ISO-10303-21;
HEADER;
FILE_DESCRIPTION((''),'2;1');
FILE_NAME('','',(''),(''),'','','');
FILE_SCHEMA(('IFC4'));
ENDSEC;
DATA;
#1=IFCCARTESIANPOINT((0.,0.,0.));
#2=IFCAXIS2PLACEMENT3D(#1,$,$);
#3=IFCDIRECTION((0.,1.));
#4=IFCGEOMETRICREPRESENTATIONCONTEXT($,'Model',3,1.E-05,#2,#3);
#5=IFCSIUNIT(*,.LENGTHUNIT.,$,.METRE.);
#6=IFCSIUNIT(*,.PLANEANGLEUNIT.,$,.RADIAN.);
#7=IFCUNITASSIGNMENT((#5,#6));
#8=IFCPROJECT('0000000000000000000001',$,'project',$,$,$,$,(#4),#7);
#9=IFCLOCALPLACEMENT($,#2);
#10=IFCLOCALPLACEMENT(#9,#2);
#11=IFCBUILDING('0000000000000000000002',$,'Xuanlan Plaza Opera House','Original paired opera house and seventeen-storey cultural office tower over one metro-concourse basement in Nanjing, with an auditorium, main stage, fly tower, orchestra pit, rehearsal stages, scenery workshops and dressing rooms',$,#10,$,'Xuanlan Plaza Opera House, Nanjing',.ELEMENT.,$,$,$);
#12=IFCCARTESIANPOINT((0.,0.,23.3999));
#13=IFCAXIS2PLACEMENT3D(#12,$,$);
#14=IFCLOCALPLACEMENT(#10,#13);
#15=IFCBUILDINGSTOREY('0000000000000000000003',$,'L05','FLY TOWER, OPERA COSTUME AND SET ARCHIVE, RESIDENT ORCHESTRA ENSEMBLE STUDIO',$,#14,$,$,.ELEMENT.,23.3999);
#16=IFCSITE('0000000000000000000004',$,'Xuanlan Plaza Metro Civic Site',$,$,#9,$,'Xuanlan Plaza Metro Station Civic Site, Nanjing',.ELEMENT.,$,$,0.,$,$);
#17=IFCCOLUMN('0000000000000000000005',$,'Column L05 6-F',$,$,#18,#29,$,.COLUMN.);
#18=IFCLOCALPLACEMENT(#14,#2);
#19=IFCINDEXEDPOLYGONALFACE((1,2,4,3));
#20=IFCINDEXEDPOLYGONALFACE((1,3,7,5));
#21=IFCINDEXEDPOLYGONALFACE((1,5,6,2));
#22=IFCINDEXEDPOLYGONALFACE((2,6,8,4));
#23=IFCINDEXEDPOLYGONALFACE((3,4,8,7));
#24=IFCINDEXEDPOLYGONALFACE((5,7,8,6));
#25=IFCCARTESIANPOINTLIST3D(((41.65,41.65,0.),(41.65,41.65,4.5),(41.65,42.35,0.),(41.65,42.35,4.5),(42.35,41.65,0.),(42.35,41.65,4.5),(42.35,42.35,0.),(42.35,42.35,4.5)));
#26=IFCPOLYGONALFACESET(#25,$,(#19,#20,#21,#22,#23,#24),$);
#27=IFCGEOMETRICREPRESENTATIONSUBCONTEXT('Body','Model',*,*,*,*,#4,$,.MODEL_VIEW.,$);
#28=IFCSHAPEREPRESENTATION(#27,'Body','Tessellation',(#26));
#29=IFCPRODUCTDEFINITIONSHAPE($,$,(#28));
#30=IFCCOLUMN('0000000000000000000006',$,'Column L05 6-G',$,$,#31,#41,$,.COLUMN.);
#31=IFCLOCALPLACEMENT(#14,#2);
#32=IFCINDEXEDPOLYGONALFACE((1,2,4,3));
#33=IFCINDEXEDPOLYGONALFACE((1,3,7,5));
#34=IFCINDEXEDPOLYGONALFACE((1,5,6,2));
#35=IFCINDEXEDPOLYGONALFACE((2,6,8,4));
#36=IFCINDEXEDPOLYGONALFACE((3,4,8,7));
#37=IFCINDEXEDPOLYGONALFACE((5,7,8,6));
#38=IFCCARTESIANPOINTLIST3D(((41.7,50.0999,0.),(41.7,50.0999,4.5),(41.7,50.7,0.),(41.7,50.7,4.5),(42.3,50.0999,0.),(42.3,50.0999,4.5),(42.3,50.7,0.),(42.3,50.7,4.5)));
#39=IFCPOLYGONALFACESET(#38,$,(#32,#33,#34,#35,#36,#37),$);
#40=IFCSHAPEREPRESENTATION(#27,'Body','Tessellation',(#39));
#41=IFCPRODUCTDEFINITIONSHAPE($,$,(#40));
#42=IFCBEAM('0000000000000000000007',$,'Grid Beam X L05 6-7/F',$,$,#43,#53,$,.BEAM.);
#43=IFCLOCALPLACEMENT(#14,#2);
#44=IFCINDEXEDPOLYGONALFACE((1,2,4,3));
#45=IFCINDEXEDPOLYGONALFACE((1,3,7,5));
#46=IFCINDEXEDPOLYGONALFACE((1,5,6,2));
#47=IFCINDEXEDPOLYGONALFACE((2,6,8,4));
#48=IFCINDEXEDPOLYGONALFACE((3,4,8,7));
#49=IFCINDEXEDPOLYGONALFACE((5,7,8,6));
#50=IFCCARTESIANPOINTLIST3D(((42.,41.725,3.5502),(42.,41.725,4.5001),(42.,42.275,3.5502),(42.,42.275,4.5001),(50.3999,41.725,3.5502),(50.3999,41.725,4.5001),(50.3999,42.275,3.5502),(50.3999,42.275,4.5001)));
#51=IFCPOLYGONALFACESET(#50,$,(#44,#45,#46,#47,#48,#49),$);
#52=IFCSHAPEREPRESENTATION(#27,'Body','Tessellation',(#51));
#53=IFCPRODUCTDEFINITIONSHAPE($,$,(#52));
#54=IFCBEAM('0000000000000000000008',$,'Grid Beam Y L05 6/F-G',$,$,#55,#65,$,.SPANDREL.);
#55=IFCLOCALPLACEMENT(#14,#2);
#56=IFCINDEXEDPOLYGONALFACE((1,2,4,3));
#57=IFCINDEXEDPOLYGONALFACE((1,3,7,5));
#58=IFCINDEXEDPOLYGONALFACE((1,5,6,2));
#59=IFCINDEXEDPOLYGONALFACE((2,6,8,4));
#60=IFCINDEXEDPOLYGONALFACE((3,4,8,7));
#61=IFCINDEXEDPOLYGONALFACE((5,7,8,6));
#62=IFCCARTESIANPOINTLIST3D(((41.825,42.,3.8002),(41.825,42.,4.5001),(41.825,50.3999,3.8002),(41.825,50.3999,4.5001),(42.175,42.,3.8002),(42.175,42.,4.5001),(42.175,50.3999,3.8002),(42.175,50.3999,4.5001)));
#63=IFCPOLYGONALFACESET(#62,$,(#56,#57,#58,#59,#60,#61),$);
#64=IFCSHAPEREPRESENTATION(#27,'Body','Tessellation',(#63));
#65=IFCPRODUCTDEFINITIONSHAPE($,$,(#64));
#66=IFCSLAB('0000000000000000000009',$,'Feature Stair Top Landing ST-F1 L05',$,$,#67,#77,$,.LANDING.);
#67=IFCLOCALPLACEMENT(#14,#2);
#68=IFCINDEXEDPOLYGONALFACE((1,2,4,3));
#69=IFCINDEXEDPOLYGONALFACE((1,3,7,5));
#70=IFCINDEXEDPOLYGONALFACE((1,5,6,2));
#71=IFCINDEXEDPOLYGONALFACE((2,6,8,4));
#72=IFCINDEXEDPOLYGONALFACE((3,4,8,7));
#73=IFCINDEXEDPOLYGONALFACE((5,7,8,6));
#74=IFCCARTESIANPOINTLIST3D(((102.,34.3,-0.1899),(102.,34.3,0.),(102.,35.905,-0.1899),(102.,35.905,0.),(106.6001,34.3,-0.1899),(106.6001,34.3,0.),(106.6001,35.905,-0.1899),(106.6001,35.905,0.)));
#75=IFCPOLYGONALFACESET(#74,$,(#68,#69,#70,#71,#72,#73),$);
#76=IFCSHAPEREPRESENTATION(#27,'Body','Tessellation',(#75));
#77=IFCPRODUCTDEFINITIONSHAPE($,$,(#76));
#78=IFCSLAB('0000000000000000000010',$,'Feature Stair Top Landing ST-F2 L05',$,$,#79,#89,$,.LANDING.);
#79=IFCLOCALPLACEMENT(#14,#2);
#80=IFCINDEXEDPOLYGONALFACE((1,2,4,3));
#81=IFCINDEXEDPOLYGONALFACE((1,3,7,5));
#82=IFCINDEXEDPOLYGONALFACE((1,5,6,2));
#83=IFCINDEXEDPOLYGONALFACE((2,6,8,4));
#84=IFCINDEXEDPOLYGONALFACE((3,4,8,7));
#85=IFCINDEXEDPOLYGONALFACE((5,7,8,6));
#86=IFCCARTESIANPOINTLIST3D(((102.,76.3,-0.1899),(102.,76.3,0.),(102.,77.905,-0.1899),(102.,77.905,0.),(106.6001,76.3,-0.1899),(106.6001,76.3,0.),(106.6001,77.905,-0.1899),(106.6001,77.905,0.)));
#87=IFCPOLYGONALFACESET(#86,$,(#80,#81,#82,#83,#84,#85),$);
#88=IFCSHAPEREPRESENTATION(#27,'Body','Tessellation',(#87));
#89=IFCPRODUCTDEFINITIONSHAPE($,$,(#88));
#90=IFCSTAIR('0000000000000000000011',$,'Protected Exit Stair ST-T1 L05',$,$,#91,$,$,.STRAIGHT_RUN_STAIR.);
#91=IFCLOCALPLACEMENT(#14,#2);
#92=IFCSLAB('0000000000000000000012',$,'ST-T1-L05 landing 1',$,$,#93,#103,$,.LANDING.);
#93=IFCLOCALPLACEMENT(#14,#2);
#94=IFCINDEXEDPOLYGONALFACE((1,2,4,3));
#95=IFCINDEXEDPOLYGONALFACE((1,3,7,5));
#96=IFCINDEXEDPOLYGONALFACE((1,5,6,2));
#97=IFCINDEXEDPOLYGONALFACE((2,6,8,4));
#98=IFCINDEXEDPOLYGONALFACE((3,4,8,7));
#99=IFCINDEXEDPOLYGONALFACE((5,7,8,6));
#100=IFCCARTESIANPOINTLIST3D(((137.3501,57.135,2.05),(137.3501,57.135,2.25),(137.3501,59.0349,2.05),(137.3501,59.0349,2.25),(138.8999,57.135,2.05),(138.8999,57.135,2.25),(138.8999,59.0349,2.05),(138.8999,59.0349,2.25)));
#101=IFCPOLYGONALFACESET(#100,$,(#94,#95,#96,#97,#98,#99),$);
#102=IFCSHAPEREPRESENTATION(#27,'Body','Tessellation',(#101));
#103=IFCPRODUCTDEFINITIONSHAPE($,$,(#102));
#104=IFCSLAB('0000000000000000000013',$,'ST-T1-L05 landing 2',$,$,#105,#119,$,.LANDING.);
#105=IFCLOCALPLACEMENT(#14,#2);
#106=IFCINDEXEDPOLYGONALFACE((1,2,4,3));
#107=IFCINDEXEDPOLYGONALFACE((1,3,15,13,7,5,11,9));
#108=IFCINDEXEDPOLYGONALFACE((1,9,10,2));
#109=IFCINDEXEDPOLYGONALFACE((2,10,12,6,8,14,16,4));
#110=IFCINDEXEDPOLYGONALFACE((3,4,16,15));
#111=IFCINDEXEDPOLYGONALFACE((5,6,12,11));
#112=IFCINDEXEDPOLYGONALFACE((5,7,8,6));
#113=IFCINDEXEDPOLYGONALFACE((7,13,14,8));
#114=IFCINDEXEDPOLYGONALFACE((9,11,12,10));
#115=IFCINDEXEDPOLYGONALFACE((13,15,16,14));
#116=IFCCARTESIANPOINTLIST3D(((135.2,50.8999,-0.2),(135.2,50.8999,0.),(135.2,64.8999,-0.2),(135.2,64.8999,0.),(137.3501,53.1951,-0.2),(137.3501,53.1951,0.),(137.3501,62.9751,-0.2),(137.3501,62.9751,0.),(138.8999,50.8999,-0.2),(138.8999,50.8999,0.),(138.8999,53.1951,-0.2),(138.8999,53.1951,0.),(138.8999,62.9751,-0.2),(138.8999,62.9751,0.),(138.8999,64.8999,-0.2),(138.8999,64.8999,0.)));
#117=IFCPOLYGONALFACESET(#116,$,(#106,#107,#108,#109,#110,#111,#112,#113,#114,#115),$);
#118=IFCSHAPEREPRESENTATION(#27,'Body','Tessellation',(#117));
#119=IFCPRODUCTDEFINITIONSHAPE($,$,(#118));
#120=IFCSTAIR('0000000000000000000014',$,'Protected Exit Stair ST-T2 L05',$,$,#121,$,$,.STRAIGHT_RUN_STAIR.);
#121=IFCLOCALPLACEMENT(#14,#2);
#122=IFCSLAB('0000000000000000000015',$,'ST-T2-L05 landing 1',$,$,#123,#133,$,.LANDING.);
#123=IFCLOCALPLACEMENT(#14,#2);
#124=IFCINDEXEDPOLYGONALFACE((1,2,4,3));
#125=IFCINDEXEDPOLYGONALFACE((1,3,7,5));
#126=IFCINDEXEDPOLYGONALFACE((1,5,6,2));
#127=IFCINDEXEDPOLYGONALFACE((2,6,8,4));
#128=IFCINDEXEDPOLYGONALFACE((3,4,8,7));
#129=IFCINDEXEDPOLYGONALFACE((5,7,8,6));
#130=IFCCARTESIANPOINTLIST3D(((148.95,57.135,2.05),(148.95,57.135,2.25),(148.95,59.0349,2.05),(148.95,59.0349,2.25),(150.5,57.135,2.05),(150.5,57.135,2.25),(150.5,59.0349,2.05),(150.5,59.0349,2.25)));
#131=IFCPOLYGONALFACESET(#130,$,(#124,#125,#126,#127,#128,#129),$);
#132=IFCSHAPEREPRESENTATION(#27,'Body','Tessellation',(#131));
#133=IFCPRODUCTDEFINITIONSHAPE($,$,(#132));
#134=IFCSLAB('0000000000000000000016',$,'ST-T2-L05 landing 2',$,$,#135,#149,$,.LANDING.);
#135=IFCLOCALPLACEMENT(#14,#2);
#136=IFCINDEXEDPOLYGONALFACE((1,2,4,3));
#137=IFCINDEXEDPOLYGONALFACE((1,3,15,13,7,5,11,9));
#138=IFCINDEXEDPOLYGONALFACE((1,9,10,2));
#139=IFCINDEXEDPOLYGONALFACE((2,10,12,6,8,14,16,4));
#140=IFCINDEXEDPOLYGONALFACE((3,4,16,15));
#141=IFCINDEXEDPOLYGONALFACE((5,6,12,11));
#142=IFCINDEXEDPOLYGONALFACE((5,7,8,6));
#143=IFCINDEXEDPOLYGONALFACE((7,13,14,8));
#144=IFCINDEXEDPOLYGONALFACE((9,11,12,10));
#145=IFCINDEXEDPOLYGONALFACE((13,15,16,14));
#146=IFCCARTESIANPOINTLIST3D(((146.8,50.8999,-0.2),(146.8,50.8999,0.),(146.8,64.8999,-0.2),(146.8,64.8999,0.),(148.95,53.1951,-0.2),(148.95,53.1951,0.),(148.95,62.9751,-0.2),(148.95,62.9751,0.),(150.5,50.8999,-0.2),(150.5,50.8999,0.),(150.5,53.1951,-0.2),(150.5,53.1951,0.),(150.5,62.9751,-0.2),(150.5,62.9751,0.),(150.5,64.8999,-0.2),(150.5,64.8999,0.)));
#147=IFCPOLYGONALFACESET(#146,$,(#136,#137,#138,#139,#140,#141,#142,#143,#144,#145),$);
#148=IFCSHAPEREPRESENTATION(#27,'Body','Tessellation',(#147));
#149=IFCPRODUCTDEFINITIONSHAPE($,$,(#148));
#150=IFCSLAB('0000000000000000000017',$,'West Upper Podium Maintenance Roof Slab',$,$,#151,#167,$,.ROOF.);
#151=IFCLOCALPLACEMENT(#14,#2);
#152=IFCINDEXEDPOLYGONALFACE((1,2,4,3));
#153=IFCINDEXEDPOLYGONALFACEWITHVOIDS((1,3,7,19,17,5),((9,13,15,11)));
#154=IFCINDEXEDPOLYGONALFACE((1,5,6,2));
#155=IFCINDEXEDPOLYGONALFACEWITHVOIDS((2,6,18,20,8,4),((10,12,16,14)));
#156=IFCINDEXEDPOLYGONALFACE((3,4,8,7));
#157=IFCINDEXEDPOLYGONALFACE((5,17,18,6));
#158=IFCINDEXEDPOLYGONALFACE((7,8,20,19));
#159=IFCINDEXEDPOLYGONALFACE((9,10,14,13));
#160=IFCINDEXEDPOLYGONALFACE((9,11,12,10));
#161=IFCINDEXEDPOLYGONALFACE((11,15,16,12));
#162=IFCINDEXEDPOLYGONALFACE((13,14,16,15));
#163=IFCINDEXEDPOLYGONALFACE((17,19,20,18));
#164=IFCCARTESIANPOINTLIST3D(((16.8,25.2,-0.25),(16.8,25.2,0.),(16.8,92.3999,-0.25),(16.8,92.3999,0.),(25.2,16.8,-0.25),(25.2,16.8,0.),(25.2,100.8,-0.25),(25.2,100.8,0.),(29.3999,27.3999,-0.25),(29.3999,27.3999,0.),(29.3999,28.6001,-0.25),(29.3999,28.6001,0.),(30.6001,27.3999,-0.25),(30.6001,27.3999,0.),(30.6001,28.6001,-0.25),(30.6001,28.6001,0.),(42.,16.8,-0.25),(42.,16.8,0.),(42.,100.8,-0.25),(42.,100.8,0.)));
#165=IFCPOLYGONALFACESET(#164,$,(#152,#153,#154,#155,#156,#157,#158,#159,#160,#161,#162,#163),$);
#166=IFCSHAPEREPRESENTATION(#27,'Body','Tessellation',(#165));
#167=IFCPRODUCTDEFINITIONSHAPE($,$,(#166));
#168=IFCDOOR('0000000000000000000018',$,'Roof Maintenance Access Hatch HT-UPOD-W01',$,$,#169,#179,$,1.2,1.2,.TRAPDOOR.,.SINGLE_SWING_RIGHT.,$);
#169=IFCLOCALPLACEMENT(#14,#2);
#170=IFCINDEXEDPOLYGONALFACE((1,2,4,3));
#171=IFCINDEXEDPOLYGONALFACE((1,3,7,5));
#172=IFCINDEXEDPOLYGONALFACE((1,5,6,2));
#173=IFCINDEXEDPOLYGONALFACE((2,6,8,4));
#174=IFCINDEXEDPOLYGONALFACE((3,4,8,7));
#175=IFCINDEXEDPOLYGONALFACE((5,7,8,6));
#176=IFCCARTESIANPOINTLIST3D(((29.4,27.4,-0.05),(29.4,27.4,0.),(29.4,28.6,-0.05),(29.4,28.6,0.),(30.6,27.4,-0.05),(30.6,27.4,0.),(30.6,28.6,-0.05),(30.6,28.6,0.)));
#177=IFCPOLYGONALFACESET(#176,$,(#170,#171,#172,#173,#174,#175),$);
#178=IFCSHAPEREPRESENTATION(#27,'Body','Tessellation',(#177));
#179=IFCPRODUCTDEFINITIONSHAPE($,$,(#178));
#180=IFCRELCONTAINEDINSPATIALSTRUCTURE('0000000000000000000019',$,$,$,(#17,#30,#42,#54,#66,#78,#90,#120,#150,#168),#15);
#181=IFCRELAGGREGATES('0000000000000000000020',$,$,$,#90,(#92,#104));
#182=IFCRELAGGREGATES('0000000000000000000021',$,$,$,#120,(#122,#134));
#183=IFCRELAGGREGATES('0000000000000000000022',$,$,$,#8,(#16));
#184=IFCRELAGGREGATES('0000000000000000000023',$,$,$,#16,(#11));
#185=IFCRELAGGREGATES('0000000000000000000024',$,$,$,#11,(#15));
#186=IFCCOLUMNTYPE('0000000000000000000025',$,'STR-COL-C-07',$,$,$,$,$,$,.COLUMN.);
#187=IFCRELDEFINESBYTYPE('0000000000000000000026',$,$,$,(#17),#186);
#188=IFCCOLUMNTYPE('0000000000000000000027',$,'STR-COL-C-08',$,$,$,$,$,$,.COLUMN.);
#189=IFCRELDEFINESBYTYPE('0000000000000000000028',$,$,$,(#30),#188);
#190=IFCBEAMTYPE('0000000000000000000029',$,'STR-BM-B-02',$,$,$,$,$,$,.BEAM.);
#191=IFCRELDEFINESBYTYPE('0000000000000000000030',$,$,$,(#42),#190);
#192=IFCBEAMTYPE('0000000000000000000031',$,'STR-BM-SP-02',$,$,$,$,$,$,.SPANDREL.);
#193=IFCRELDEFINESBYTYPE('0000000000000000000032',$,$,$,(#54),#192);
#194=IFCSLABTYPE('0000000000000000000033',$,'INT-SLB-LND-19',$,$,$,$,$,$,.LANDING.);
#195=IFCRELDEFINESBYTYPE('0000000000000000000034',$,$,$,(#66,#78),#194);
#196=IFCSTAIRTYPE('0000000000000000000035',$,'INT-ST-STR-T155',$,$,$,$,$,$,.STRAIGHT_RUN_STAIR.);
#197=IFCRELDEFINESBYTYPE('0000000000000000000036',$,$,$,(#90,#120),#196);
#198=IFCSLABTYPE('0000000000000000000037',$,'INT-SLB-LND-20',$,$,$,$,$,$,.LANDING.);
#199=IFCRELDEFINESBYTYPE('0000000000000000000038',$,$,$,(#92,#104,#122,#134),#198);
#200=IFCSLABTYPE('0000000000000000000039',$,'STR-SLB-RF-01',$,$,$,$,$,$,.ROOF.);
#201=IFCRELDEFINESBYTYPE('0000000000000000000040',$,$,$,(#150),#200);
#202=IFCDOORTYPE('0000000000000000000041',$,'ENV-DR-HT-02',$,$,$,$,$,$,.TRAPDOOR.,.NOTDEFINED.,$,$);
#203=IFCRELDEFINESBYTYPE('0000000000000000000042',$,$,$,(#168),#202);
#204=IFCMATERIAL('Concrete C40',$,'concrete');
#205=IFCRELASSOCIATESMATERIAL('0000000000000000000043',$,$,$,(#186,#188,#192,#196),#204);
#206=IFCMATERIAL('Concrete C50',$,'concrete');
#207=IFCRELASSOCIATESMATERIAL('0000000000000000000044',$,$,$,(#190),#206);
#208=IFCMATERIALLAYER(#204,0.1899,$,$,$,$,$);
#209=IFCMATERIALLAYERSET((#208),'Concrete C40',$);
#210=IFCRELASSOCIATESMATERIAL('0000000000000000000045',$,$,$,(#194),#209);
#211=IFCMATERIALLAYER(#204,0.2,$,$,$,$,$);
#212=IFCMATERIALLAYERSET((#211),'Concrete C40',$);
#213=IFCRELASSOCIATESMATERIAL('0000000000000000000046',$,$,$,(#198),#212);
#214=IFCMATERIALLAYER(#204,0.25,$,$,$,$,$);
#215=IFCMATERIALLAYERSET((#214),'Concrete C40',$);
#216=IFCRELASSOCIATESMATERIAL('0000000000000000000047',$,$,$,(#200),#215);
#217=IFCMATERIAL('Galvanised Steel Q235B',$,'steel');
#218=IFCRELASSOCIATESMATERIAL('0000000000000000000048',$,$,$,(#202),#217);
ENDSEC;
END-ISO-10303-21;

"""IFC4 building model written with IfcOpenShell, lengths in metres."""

from ifc_helpers import new_model, si_unit, direction, frame, origin, origin_2d, place, context, subcontext, project, spatial, polyline, rectangle, outline, extrude, material, layer, layer_set, material_profile, profile_set, type_object, element, fill, aggregate, save


model = new_model("IFC4")

# Units and contexts
model_context = context("Model", 3, precision=1e-05, world=origin(), true_north=direction((0.0, 1.0)))
body_context = subcontext(model_context, "Body", "Model", "MODEL_VIEW")
ifc_project = project(units=[si_unit("LENGTHUNIT", "METRE"), si_unit("PLANEANGLEUNIT", "RADIAN")], contexts=[model_context])

# Site, building, storey
site_placement = place(None, origin())
site = spatial("IfcSite", under=ifc_project, at=site_placement, Name="Xuanlan Plaza Metro Civic Site", LongName="Xuanlan Plaza Metro Station Civic Site, Nanjing", CompositionType="ELEMENT", RefElevation=0.0)
building_placement = place(site_placement, origin())
building = spatial("IfcBuilding", under=site, at=building_placement, Name="Xuanlan Plaza Opera House", Description="Original paired opera house and seventeen-storey cultural office tower over one metro-concourse basement in Nanjing, with an auditorium, main stage, fly tower, orchestra pit, rehearsal stages, scenery workshops and dressing rooms", LongName="Xuanlan Plaza Opera House, Nanjing", CompositionType="ELEMENT")
storey_placement = place(building_placement, frame((0.0, 0.0, 23.3999)))
storey = spatial("IfcBuildingStorey", under=building, at=storey_placement, Name="L05", Description="FLY TOWER, OPERA COSTUME AND SET ARCHIVE, RESIDENT ORCHESTRA ENSEMBLE STUDIO", CompositionType="ELEMENT", Elevation=23.3999)

# Columns
ifc_material_1 = material(Name="Concrete C40", Category="concrete")
ifc_material_profile_1 = material_profile(ifc_material_1, rectangle(XDim=0.7, YDim=0.7, at=origin_2d()), Name="RC-COL 700x700")
ifc_profile_set_1 = profile_set([ifc_material_profile_1], Name="Concrete C40")
column_type_1 = type_object("IfcColumnType", Name="STR-COL-C-07", PredefinedType="COLUMN", material=ifc_profile_set_1)
column_1_placement = place(storey_placement, frame((42.0, 42.0, 0.0), z_axis=(0.0, 0.0, 1.0), x_axis=(1.0, 0.0, 0.0)))
element("IfcColumn", 1, at=column_1_placement, inside=storey, type_object=column_type_1, Name="Column L05 6-F", PredefinedType="COLUMN", context=body_context, shape_type="SweptSolid", body=[
    extrude(rectangle(XDim=0.7, YDim=0.7, at=origin_2d()), origin(), (0.0, 0.0, 1.0), 4.5),
])
ifc_material_profile_2 = material_profile(ifc_material_1, rectangle(XDim=0.6001, YDim=0.6001, at=origin_2d()), Name="RC-COL 600x600")
ifc_profile_set_2 = profile_set([ifc_material_profile_2], Name="Concrete C40")
column_type_2 = type_object("IfcColumnType", Name="STR-COL-C-08", PredefinedType="COLUMN", material=ifc_profile_set_2)
column_2_placement = place(storey_placement, frame((42.0, 50.3999, 0.0), z_axis=(0.0, 0.0, 1.0), x_axis=(1.0, 0.0, 0.0)))
element("IfcColumn", 2, at=column_2_placement, inside=storey, type_object=column_type_2, Name="Column L05 6-G", PredefinedType="COLUMN", context=body_context, shape_type="SweptSolid", body=[
    extrude(rectangle(XDim=0.6001, YDim=0.6001, at=origin_2d()), origin(), (0.0, 0.0, 1.0), 4.5),
])

# Beams
ifc_material_2 = material(Name="Concrete C50", Category="concrete")
ifc_material_profile_3 = material_profile(ifc_material_2, rectangle(XDim=0.55, YDim=0.95, at=origin_2d()), Name="RC-BM 550x950")
ifc_profile_set_3 = profile_set([ifc_material_profile_3], Name="Concrete C50")
beam_type_1 = type_object("IfcBeamType", Name="STR-BM-B-02", PredefinedType="BEAM", material=ifc_profile_set_3)
beam_1_placement = place(storey_placement, frame((42.0, 42.0, 4.0251), z_axis=(1.0, 0.0, 0.0), x_axis=(0.0, 1.0, 0.0)))
element("IfcBeam", 3, at=beam_1_placement, inside=storey, type_object=beam_type_1, Name="Grid Beam X L05 6-7/F", PredefinedType="BEAM", context=body_context, shape_type="SweptSolid", body=[
    extrude(rectangle(XDim=0.55, YDim=0.95, at=origin_2d()), origin(), (0.0, 0.0, 1.0), 8.3999),
])
ifc_material_profile_4 = material_profile(ifc_material_1, rectangle(XDim=0.3501, YDim=0.7, at=origin_2d()), Name="RC-SPD 350x700")
ifc_profile_set_4 = profile_set([ifc_material_profile_4], Name="Concrete C40")
beam_type_2 = type_object("IfcBeamType", Name="STR-BM-SP-02", PredefinedType="SPANDREL", material=ifc_profile_set_4)
beam_2_placement = place(storey_placement, frame((42.0, 42.0, 4.1501), z_axis=(0.0, 1.0, 0.0), x_axis=(-1.0, 0.0, 0.0)))
element("IfcBeam", 4, at=beam_2_placement, inside=storey, type_object=beam_type_2, Name="Grid Beam Y L05 6/F-G", PredefinedType="SPANDREL", context=body_context, shape_type="SweptSolid", body=[
    extrude(rectangle(XDim=0.3501, YDim=0.7, at=origin_2d()), origin(), (0.0, 0.0, 1.0), 8.3999),
])

# Slabs
ifc_layer_1 = layer(ifc_material_1, 0.1899)
ifc_layer_set_1 = layer_set([ifc_layer_1], Name="Concrete C40")
slab_type_1 = type_object("IfcSlabType", Name="INT-SLB-LND-19", PredefinedType="LANDING", material=ifc_layer_set_1)
slab_1_placement = place(storey_placement, frame((0.0, 0.0, -0.1899)))
element("IfcSlab", 5, at=slab_1_placement, inside=storey, type_object=slab_type_1, Name="Feature Stair Top Landing ST-F1 L05", PredefinedType="LANDING", context=body_context, shape_type="SweptSolid", body=[
    extrude(outline(polyline([(102.0, 34.3), (106.6001, 34.3), (106.6001, 35.905), (102.0, 35.905), (102.0, 34.3)])), origin(), (0.0, 0.0, 1.0), 0.1899),
])
slab_2_placement = place(storey_placement, frame((0.0, 0.0, -0.1899)))
element("IfcSlab", 6, at=slab_2_placement, inside=storey, type_object=slab_type_1, Name="Feature Stair Top Landing ST-F2 L05", PredefinedType="LANDING", context=body_context, shape_type="SweptSolid", body=[
    extrude(outline(polyline([(102.0, 76.3), (106.6001, 76.3), (106.6001, 77.905), (102.0, 77.905), (102.0, 76.3)])), origin(), (0.0, 0.0, 1.0), 0.1899),
])

# Stairs, slabs
stair_type = type_object("IfcStairType", Name="INT-ST-STR-T155", PredefinedType="STRAIGHT_RUN_STAIR", material=ifc_material_1)
stair_1_placement = place(storey_placement, origin())
stair_1 = element("IfcStair", 7, at=stair_1_placement, inside=storey, type_object=stair_type, Name="Protected Exit Stair ST-T1 L05", PredefinedType="STRAIGHT_RUN_STAIR")
ifc_layer_2 = layer(ifc_material_1, 0.2)
ifc_layer_set_2 = layer_set([ifc_layer_2], Name="Concrete C40")
slab_type_2 = type_object("IfcSlabType", Name="INT-SLB-LND-20", PredefinedType="LANDING", material=ifc_layer_set_2)
slab_3_placement = place(storey_placement, frame((0.0, 0.0, 2.05)))
slab_3 = element("IfcSlab", 8, at=slab_3_placement, type_object=slab_type_2, Name="ST-T1-L05 landing 1", PredefinedType="LANDING", context=body_context, shape_type="SweptSolid", body=[
    extrude(outline(polyline([(137.3501, 57.135), (138.8999, 57.135), (138.8999, 59.0349), (137.3501, 59.0349), (137.3501, 57.135)])), origin(), (0.0, 0.0, 1.0), 0.2),
])
slab_4_placement = place(storey_placement, frame((0.0, 0.0, -0.2)))
slab_4 = element("IfcSlab", 9, at=slab_4_placement, type_object=slab_type_2, Name="ST-T1-L05 landing 2", PredefinedType="LANDING", context=body_context, shape_type="SweptSolid", body=[
    extrude(outline(polyline([(135.2, 50.8999), (138.8999, 50.8999), (138.8999, 53.1951), (137.3501, 53.1951), (137.3501, 62.9751), (138.8999, 62.9751), (138.8999, 64.8999), (135.2, 64.8999), (135.2, 50.8999)])), origin(), (0.0, 0.0, 1.0), 0.2),
])
aggregate(stair_1, [slab_3, slab_4])
stair_2_placement = place(storey_placement, origin())
stair_2 = element("IfcStair", 10, at=stair_2_placement, inside=storey, type_object=stair_type, Name="Protected Exit Stair ST-T2 L05", PredefinedType="STRAIGHT_RUN_STAIR")
slab_5_placement = place(storey_placement, frame((0.0, 0.0, 2.05)))
slab_5 = element("IfcSlab", 11, at=slab_5_placement, type_object=slab_type_2, Name="ST-T2-L05 landing 1", PredefinedType="LANDING", context=body_context, shape_type="SweptSolid", body=[
    extrude(outline(polyline([(148.95, 57.135), (150.5, 57.135), (150.5, 59.0349), (148.95, 59.0349), (148.95, 57.135)])), origin(), (0.0, 0.0, 1.0), 0.2),
])
slab_6_placement = place(storey_placement, frame((0.0, 0.0, -0.2)))
slab_6 = element("IfcSlab", 12, at=slab_6_placement, type_object=slab_type_2, Name="ST-T2-L05 landing 2", PredefinedType="LANDING", context=body_context, shape_type="SweptSolid", body=[
    extrude(outline(polyline([(146.8, 50.8999), (150.5, 50.8999), (150.5, 53.1951), (148.95, 53.1951), (148.95, 62.9751), (150.5, 62.9751), (150.5, 64.8999), (146.8, 64.8999), (146.8, 50.8999)])), origin(), (0.0, 0.0, 1.0), 0.2),
])
aggregate(stair_2, [slab_5, slab_6])

# Slab, opening, door
ifc_layer_3 = layer(ifc_material_1, 0.25)
ifc_layer_set_3 = layer_set([ifc_layer_3], Name="Concrete C40")
slab_type_3 = type_object("IfcSlabType", Name="STR-SLB-RF-01", PredefinedType="ROOF", material=ifc_layer_set_3)
slab_7_placement = place(storey_placement, frame((0.0, 0.0, -0.25)))
slab_7 = element("IfcSlab", 13, at=slab_7_placement, inside=storey, type_object=slab_type_3, Name="West Upper Podium Maintenance Roof Slab", PredefinedType="ROOF", context=body_context, shape_type="SweptSolid", body=[
    extrude(outline(polyline([(25.2, 16.8), (42.0, 16.8), (42.0, 100.8), (25.2, 100.8), (16.8, 92.3999), (16.8, 25.2), (25.2, 16.8)]), holes=[polyline([(29.3999, 27.3999), (30.6001, 27.3999), (30.6001, 28.6001), (29.3999, 28.6001), (29.3999, 27.3999)])]), origin(), (0.0, 0.0, 1.0), 0.25),
])
opening_1_placement = place(slab_7_placement, frame((30.0, 28.0, 0.0)))
opening_1 = element("IfcOpeningElement", 14, at=opening_1_placement, cuts=slab_7, PredefinedType="OPENING", context=body_context, shape_type="SweptSolid", body=[
    extrude(rectangle(XDim=1.2, YDim=1.2, at=origin_2d()), origin(), (0.0, 0.0, 1.0), 0.25),
])
ifc_material_3 = material(Name="Galvanised Steel Q235B", Category="steel")
door_type_1 = type_object("IfcDoorType", Name="ENV-DR-HT-02", OperationType="NOTDEFINED", PredefinedType="TRAPDOOR", material=ifc_material_3)
door_1_placement = place(opening_1_placement, frame((0.0, 0.0, 0.2)))
door_1 = element("IfcDoor", 15, at=door_1_placement, inside=storey, type_object=door_type_1, Name="Roof Maintenance Access Hatch HT-UPOD-W01", OperationType="SINGLE_SWING_RIGHT", OverallHeight=1.2, OverallWidth=1.2, PredefinedType="TRAPDOOR", context=body_context, shape_type="SweptSolid", body=[
    extrude(rectangle(XDim=1.2, YDim=1.2, at=origin_2d()), origin(), (0.0, 0.0, 1.0), 0.05),
])
fill(opening_1, door_1)

save(model, "model.ifc")
